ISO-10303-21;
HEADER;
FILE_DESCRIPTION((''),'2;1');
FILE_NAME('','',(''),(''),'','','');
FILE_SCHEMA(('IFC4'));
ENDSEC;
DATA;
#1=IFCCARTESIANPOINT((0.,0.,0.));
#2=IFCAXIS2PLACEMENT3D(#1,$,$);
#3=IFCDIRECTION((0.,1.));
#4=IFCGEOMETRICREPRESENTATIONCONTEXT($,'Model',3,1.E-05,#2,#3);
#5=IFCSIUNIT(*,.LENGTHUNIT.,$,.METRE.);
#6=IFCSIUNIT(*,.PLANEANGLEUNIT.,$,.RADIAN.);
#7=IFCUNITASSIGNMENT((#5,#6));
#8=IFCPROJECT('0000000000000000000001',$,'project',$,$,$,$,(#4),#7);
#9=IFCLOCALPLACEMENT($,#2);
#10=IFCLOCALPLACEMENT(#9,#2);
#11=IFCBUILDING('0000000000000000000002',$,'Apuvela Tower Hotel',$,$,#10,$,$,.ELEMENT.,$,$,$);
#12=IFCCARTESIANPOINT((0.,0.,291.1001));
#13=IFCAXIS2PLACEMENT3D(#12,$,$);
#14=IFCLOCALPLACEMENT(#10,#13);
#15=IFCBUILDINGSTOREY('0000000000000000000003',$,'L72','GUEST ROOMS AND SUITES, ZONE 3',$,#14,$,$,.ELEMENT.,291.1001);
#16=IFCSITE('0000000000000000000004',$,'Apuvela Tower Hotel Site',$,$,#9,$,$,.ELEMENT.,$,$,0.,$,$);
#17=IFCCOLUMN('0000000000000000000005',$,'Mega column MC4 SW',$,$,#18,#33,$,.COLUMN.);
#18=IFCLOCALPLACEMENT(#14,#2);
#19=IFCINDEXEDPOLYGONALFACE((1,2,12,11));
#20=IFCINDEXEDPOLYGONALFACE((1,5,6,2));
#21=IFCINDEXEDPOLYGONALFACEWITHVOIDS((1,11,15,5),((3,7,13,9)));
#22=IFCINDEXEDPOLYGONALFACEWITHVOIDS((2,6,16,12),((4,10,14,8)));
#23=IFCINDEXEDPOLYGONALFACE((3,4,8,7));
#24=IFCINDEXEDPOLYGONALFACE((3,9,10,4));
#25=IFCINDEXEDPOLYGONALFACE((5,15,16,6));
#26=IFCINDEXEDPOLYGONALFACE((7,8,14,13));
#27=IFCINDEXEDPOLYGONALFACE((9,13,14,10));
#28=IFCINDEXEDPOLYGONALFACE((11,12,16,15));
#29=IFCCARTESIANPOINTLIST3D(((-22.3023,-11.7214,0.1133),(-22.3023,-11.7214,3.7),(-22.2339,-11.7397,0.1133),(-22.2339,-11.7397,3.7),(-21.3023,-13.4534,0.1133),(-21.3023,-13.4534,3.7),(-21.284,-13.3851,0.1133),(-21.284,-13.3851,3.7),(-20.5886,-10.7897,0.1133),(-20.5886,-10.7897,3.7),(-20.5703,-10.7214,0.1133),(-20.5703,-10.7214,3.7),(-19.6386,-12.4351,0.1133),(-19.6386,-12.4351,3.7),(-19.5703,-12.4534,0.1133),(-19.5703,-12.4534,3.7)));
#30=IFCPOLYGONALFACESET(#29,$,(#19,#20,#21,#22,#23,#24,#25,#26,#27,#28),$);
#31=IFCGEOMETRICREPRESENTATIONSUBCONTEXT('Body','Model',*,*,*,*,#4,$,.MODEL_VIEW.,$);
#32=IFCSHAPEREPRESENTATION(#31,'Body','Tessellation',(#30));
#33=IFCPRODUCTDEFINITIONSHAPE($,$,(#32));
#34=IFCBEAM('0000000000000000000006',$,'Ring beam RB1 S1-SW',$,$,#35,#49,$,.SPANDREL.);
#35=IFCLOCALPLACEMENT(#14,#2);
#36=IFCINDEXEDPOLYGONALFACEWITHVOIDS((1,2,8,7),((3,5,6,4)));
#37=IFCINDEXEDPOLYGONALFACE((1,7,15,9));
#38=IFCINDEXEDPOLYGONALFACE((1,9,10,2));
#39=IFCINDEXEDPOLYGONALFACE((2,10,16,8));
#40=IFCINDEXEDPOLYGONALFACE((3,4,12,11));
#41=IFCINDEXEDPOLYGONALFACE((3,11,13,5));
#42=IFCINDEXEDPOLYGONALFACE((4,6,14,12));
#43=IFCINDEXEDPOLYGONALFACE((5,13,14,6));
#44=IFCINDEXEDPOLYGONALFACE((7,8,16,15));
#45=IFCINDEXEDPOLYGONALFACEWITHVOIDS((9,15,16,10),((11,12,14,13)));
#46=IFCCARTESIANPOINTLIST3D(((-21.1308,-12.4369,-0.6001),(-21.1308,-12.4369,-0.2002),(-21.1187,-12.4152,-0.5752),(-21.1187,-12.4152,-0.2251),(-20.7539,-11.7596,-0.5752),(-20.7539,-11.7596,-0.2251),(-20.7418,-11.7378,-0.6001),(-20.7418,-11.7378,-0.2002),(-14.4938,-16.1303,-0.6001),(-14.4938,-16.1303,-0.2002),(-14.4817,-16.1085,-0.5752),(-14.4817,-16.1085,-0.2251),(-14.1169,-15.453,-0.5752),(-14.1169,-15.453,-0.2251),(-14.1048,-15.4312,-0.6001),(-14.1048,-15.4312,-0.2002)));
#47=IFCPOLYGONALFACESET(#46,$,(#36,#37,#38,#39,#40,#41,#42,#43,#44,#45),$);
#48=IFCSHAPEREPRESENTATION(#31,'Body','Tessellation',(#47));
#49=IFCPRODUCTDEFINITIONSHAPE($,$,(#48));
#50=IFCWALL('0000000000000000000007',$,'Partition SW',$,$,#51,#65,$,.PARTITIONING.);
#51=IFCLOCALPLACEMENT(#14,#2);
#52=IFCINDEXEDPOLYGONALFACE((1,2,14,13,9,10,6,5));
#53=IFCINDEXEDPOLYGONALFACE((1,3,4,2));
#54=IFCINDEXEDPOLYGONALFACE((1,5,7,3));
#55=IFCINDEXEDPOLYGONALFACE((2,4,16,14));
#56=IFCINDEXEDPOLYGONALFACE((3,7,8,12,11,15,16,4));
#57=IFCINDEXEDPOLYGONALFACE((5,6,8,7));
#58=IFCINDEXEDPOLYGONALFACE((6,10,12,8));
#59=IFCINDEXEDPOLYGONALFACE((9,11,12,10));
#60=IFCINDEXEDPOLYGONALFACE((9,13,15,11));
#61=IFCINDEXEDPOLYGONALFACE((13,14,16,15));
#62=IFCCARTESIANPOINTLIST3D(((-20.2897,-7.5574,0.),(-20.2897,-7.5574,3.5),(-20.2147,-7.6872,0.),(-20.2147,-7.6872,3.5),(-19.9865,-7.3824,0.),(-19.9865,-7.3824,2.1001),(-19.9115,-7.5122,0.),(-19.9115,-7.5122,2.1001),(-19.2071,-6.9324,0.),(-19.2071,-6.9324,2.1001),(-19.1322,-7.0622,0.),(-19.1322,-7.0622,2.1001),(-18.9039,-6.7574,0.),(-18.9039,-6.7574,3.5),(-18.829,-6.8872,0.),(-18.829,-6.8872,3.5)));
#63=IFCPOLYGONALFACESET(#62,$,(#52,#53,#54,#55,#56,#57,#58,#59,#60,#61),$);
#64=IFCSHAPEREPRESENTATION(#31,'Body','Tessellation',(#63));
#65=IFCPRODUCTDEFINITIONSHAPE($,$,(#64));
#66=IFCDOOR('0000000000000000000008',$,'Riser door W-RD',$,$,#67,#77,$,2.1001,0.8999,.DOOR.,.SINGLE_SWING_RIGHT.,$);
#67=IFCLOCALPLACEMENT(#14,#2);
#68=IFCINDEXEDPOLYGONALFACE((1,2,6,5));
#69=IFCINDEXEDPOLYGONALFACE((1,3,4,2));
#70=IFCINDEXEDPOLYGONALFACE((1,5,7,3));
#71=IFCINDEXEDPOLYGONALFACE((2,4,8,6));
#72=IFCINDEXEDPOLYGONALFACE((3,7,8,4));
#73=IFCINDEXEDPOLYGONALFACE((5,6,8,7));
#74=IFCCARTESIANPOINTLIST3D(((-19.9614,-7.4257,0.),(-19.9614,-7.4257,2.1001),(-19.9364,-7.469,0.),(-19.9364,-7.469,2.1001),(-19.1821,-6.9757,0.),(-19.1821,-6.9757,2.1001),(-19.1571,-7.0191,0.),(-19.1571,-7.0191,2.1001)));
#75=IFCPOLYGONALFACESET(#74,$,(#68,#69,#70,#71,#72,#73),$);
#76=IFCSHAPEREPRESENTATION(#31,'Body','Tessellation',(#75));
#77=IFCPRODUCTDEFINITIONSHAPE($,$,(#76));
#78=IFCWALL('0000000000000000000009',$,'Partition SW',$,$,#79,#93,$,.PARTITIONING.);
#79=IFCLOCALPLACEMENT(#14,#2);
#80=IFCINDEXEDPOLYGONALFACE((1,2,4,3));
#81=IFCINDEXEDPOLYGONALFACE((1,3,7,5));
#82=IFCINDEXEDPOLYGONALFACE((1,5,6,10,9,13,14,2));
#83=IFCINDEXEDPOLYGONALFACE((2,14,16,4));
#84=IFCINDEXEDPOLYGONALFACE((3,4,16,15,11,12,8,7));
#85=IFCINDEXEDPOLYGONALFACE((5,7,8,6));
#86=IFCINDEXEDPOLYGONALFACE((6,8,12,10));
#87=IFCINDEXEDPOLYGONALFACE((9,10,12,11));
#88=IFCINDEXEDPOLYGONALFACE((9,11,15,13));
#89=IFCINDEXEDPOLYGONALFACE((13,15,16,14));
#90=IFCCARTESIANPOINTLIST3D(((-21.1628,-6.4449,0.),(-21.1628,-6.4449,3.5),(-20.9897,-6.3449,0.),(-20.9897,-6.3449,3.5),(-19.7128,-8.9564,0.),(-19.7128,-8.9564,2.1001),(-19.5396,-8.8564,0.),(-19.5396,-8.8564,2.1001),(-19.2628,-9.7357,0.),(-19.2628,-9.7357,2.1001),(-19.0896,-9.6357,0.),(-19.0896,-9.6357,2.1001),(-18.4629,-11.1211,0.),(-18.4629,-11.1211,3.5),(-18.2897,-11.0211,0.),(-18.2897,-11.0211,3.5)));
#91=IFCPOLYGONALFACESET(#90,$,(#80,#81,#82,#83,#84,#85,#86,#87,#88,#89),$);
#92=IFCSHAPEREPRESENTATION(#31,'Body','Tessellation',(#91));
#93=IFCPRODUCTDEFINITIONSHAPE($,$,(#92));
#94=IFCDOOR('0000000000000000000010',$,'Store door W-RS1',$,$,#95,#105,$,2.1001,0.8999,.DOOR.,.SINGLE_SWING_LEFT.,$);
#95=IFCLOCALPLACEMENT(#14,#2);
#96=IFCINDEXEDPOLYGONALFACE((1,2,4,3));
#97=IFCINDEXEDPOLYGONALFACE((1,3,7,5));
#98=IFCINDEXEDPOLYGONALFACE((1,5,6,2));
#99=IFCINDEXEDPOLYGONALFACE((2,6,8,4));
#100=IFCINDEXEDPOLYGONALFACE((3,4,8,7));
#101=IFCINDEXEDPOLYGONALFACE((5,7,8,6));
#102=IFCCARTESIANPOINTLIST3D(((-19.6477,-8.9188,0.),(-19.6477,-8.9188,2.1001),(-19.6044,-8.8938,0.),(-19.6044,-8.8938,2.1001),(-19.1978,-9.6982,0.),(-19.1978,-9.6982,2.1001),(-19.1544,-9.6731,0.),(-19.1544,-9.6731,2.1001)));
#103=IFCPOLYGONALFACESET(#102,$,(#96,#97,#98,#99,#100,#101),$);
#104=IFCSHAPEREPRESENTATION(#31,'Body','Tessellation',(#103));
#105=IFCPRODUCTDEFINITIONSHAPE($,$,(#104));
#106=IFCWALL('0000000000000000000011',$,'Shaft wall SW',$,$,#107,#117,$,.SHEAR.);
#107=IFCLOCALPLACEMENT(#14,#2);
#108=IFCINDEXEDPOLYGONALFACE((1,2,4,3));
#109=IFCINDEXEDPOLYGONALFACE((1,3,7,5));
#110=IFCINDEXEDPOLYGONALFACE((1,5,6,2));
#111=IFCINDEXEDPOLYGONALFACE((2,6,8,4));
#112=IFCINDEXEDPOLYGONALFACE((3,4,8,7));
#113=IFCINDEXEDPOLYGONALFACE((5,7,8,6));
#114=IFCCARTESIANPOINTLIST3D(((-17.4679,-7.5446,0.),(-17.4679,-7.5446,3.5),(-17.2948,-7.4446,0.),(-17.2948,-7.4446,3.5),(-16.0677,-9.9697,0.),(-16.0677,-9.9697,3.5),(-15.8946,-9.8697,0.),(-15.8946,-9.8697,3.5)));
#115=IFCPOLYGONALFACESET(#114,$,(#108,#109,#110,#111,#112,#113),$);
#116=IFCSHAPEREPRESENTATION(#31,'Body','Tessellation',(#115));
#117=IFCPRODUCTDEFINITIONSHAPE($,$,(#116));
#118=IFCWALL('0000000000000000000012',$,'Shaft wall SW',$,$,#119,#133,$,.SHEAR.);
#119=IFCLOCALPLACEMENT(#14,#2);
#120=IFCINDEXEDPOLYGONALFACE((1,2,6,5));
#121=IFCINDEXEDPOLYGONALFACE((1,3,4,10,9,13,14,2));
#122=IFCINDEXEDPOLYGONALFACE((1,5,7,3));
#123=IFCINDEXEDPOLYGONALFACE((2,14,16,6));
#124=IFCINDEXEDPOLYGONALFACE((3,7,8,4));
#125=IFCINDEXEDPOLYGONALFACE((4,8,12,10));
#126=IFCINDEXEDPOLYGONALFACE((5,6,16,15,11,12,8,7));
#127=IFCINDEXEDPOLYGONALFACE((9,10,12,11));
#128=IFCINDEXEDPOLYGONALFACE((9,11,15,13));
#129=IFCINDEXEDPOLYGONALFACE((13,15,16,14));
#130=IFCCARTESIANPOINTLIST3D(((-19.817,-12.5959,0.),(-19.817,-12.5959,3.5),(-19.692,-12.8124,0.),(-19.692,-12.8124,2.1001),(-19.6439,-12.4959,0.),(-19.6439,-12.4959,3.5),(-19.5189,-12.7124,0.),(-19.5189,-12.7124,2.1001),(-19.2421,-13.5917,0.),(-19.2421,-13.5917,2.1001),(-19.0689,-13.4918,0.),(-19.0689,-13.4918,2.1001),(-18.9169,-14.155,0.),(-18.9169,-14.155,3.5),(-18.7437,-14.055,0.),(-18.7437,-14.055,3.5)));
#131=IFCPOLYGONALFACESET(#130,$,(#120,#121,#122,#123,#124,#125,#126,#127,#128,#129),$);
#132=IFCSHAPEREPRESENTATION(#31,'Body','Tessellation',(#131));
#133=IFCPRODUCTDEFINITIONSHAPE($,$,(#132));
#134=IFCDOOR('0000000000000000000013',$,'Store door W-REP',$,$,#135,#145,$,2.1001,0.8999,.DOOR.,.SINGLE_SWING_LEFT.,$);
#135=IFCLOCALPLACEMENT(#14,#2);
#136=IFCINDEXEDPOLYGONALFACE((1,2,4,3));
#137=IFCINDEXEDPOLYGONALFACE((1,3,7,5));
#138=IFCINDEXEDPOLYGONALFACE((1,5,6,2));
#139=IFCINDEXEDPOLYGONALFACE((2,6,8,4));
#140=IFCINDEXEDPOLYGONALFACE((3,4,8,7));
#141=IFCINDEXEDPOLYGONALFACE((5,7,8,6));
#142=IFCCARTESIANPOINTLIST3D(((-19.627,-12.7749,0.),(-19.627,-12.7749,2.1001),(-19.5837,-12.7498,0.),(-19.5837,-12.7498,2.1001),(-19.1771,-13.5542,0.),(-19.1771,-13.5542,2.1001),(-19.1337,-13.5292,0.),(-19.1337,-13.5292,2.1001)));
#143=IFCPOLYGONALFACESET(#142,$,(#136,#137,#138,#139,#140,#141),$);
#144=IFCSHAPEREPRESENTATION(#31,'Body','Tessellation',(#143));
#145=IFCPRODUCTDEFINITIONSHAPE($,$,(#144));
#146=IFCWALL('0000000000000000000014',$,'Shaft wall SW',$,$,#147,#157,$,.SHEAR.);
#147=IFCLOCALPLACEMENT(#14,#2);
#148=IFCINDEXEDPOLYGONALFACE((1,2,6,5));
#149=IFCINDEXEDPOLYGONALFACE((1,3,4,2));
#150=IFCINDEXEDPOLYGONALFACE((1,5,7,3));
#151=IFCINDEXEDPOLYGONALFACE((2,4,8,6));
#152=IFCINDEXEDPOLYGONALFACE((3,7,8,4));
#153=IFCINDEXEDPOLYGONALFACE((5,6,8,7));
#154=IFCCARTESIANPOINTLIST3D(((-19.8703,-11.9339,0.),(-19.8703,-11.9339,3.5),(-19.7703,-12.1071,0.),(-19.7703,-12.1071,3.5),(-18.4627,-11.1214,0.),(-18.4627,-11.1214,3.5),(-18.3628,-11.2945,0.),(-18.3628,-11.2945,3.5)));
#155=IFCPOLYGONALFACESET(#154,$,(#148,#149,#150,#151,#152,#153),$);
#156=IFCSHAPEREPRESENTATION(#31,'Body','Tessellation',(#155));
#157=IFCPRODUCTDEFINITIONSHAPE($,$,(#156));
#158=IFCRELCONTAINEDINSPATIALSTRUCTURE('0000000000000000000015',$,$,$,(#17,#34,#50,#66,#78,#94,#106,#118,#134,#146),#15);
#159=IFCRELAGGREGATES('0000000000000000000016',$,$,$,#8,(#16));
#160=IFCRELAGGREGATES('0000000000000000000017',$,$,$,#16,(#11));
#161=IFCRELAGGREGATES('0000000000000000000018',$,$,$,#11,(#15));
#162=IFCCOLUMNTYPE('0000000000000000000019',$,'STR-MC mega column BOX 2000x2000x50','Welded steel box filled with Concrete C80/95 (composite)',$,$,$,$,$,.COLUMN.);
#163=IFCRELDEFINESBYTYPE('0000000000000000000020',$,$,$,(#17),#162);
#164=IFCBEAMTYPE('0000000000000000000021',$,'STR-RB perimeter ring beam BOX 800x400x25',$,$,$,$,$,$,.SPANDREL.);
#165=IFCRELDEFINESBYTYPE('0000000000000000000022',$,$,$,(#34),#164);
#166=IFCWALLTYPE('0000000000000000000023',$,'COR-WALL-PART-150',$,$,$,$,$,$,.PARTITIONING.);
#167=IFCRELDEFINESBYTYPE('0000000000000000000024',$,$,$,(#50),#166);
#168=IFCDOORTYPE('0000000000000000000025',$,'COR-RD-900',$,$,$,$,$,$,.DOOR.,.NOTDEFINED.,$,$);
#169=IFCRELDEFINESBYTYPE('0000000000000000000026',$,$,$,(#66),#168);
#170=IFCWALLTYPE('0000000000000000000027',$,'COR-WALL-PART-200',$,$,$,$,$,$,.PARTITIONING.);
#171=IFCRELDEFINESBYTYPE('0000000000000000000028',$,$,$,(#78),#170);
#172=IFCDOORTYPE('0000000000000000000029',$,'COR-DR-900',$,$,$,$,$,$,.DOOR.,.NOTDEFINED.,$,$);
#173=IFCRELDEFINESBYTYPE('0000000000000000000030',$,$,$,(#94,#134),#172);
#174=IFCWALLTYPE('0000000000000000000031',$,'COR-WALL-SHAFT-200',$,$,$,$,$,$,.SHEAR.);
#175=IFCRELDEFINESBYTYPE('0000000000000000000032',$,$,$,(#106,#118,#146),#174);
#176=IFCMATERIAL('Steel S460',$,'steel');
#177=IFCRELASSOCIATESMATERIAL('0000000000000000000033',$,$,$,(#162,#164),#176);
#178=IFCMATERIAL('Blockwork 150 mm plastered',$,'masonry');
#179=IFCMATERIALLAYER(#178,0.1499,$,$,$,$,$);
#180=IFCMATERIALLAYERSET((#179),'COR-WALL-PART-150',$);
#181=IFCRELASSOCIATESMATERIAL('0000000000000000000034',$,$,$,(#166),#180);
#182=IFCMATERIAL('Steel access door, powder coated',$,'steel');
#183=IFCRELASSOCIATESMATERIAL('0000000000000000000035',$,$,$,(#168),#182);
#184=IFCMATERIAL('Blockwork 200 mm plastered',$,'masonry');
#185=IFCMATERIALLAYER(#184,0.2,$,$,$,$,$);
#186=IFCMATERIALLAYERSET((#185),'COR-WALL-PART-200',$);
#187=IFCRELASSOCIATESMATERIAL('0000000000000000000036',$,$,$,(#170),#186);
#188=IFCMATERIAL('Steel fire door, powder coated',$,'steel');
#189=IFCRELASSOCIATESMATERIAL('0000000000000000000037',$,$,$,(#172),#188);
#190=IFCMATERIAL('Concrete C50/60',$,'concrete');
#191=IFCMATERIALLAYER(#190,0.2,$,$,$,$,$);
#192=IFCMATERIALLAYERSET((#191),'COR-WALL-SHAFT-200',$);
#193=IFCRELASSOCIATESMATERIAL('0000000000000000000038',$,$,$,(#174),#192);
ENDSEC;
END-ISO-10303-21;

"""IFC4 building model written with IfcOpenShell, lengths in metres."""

from ifc_helpers import new_model, si_unit, direction, frame, frame_2d, origin, origin_2d, place, context, subcontext, project, spatial, rectangle, hollow_rectangle, extrude, boolean, halfspace, material, layer, layer_set, material_profile, profile_set, type_object, element, fill, save


model = new_model("IFC4")

# Units and contexts
model_context = context("Model", 3, precision=1e-05, world=origin(), true_north=direction((0.0, 1.0)))
body_context = subcontext(model_context, "Body", "Model", "MODEL_VIEW")
ifc_project = project(units=[si_unit("LENGTHUNIT", "METRE"), si_unit("PLANEANGLEUNIT", "RADIAN")], contexts=[model_context])

# Site, building, storey
site_placement = place(None, origin())
site = spatial("IfcSite", under=ifc_project, at=site_placement, Name="Apuvela Tower Hotel Site", CompositionType="ELEMENT", RefElevation=0.0)
building_placement = place(site_placement, origin())
building = spatial("IfcBuilding", under=site, at=building_placement, Name="Apuvela Tower Hotel", CompositionType="ELEMENT")
storey_placement = place(building_placement, frame((0.0, 0.0, 291.1001)))
storey = spatial("IfcBuildingStorey", under=building, at=storey_placement, Name="L72", Description="GUEST ROOMS AND SUITES, ZONE 3", CompositionType="ELEMENT", Elevation=291.1001)

# Column
ifc_material_1 = material(Name="Steel S460", Category="steel")
ifc_material_profile_1 = material_profile(ifc_material_1, hollow_rectangle(XDim=2.0, YDim=2.0, WallThickness=0.05, at=origin_2d()), Name="BOX 2000x2000x50")
ifc_material_2 = material(Name="Concrete C80/95", Category="concrete")
ifc_material_profile_2 = material_profile(ifc_material_2, rectangle(XDim=1.8999, YDim=1.8999, at=origin_2d()), Name="Concrete C80/95 infill")
ifc_profile_set_1 = profile_set([ifc_material_profile_1, ifc_material_profile_2], Name="Steel S460")
column_type = type_object("IfcColumnType", Name="STR-MC mega column BOX 2000x2000x50", Description="Welded steel box filled with Concrete C80/95 (composite)", PredefinedType="COLUMN", material=ifc_profile_set_1)
column_placement = place(storey_placement, frame((-20.9363, -12.0874, 0.0), z_axis=(0.0, 0.0, 1.0), x_axis=(-0.5, 0.866025, 0.0)))
element("IfcColumn", 1, at=column_placement, inside=storey, type_object=column_type, Name="Mega column MC4 SW", PredefinedType="COLUMN", context=body_context, shape_type="SweptSolid", body=[
    boolean("DIFFERENCE", extrude(hollow_rectangle(XDim=2.0, YDim=2.0, WallThickness=0.05, at=origin_2d()), origin(), (0.0, 0.0, 1.0), 3.7), halfspace(frame((0.0, 0.0, 0.1133), z_axis=(0.0, 0.0, 1.0), x_axis=(1.0, 0.0, 0.0)), True)),
])

# Beam
ifc_material_profile_3 = material_profile(ifc_material_1, hollow_rectangle(XDim=0.8, YDim=0.3999, WallThickness=0.0249, at=origin_2d()), Name="BOX 800x400x25")
ifc_profile_set_2 = profile_set([ifc_material_profile_3], Name="Steel S460")
beam_type = type_object("IfcBeamType", Name="STR-RB perimeter ring beam BOX 800x400x25", PredefinedType="SPANDREL", material=ifc_profile_set_2)
beam_placement = place(storey_placement, frame((-14.2993, -15.7808, -0.4001), z_axis=(-0.873813, 0.486262, 0.0), x_axis=(-0.486262, -0.873813, 0.0)))
element("IfcBeam", 2, at=beam_placement, inside=storey, type_object=beam_type, Name="Ring beam RB1 S1-SW", PredefinedType="SPANDREL", context=body_context, shape_type="SweptSolid", body=[
    extrude(hollow_rectangle(XDim=0.8, YDim=0.3999, WallThickness=0.0249, at=origin_2d()), origin(), (0.0, 0.0, 1.0), 7.5955),
])

# Walls, openings, doors
ifc_material_3 = material(Name="Blockwork 150 mm plastered", Category="masonry")
ifc_layer_1 = layer(ifc_material_3, 0.1499)
ifc_layer_set_1 = layer_set([ifc_layer_1], Name="COR-WALL-PART-150")
wall_type_1 = type_object("IfcWallType", Name="COR-WALL-PART-150", PredefinedType="PARTITIONING", material=ifc_layer_set_1)
wall_1_placement = place(storey_placement, frame((-18.8665, -6.8223, 0.0), z_axis=(0.0, 0.0, 1.0), x_axis=(-0.866028, -0.499995, 0.0)))
wall_1 = element("IfcWall", 3, at=wall_1_placement, inside=storey, type_object=wall_type_1, Name="Partition SW", PredefinedType="PARTITIONING", context=body_context, shape_type="SweptSolid", body=[
    extrude(rectangle(XDim=1.6001, YDim=0.1499, at=frame_2d((0.8, 0.0))), origin(), (0.0, 0.0, 1.0), 3.5),
])
opening_1_placement = place(wall_1_placement, frame((0.3501, 0.0, 0.0)))
opening_1 = element("IfcOpeningElement", 4, at=opening_1_placement, cuts=wall_1, PredefinedType="OPENING", context=body_context, shape_type="SweptSolid", body=[
    extrude(rectangle(XDim=0.8999, YDim=2.1001, at=frame_2d((0.45, 1.05))), frame((0.0, 0.085, 0.0), z_axis=(0.0, -1.0, 0.0), x_axis=(1.0, 0.0, 0.0)), (0.0, 0.0, 1.0), 0.1699),
])
ifc_material_4 = material(Name="Steel access door, powder coated", Category="steel")
door_type_1 = type_object("IfcDoorType", Name="COR-RD-900", OperationType="NOTDEFINED", PredefinedType="DOOR", material=ifc_material_4)
door_1_placement = place(opening_1_placement, frame((0.8999, 0.0, 0.0), z_axis=(0.0, 0.0, 1.0), x_axis=(-1.0, 0.0, 0.0)))
door_1 = element("IfcDoor", 5, at=door_1_placement, inside=storey, type_object=door_type_1, Name="Riser door W-RD", OperationType="SINGLE_SWING_RIGHT", OverallHeight=2.1001, OverallWidth=0.8999, PredefinedType="DOOR", context=body_context, shape_type="SweptSolid", body=[
    extrude(rectangle(XDim=0.8999, YDim=2.1001, at=frame_2d((0.45, 1.05))), frame((0.0, 0.0249, 0.0), z_axis=(0.0, -1.0, 0.0), x_axis=(1.0, 0.0, 0.0)), (0.0, 0.0, 1.0), 0.05),
])
fill(opening_1, door_1)
ifc_material_5 = material(Name="Blockwork 200 mm plastered", Category="masonry")
ifc_layer_2 = layer(ifc_material_5, 0.2)
ifc_layer_set_2 = layer_set([ifc_layer_2], Name="COR-WALL-PART-200")
wall_type_2 = type_object("IfcWallType", Name="COR-WALL-PART-200", PredefinedType="PARTITIONING", material=ifc_layer_set_2)
wall_2_placement = place(storey_placement, frame((-21.0762, -6.395, 0.0), z_axis=(0.0, 0.0, 1.0), x_axis=(0.500015, -0.866017, 0.0)))
wall_2 = element("IfcWall", 6, at=wall_2_placement, inside=storey, type_object=wall_type_2, Name="Partition SW", PredefinedType="PARTITIONING", context=body_context, shape_type="SweptSolid", body=[
    extrude(rectangle(XDim=5.3997, YDim=0.2, at=frame_2d((2.6997, 0.0))), origin(), (0.0, 0.0, 1.0), 3.5),
])
opening_2_placement = place(wall_2_placement, frame((2.8999, 0.0, 0.0)))
opening_2 = element("IfcOpeningElement", 7, at=opening_2_placement, cuts=wall_2, PredefinedType="OPENING", context=body_context, shape_type="SweptSolid", body=[
    extrude(rectangle(XDim=0.8999, YDim=2.1001, at=frame_2d((0.45, 1.05))), frame((0.0, 0.1099, 0.0), z_axis=(0.0, -1.0, 0.0), x_axis=(1.0, 0.0, 0.0)), (0.0, 0.0, 1.0), 0.22),
])
ifc_material_6 = material(Name="Steel fire door, powder coated", Category="steel")
door_type_2 = type_object("IfcDoorType", Name="COR-DR-900", OperationType="NOTDEFINED", PredefinedType="DOOR", material=ifc_material_6)
door_2_placement = place(opening_2_placement, frame((0.8999, 0.0, 0.0), z_axis=(0.0, 0.0, 1.0), x_axis=(-1.0, 0.0, 0.0)))
door_2 = element("IfcDoor", 8, at=door_2_placement, inside=storey, type_object=door_type_2, Name="Store door W-RS1", OperationType="SINGLE_SWING_LEFT", OverallHeight=2.1001, OverallWidth=0.8999, PredefinedType="DOOR", context=body_context, shape_type="SweptSolid", body=[
    extrude(rectangle(XDim=0.8999, YDim=2.1001, at=frame_2d((0.45, 1.05))), frame((0.0, 0.0249, 0.0), z_axis=(0.0, -1.0, 0.0), x_axis=(1.0, 0.0, 0.0)), (0.0, 0.0, 1.0), 0.05),
])
fill(opening_2, door_2)

# Wall
ifc_material_7 = material(Name="Concrete C50/60", Category="concrete")
ifc_layer_3 = layer(ifc_material_7, 0.2)
ifc_layer_set_3 = layer_set([ifc_layer_3], Name="COR-WALL-SHAFT-200")
wall_type_3 = type_object("IfcWallType", Name="COR-WALL-SHAFT-200", PredefinedType="SHEAR", material=ifc_layer_set_3)
wall_3_placement = place(storey_placement, frame((-17.3813, -7.4946, 0.0), z_axis=(0.0, 0.0, 1.0), x_axis=(0.500012, -0.866019, 0.0)))
element("IfcWall", 9, at=wall_3_placement, inside=storey, type_object=wall_type_3, Name="Shaft wall SW", PredefinedType="SHEAR", context=body_context, shape_type="SweptSolid", body=[
    extrude(rectangle(XDim=2.8003, YDim=0.2, at=frame_2d((1.4001, 0.0))), origin(), (0.0, 0.0, 1.0), 3.5),
])

# Wall, opening, door
wall_4_placement = place(storey_placement, frame((-19.7305, -12.5459, 0.0), z_axis=(0.0, 0.0, 1.0), x_axis=(0.500004, -0.866023, 0.0)))
wall_4 = element("IfcWall", 10, at=wall_4_placement, inside=storey, type_object=wall_type_3, Name="Shaft wall SW", PredefinedType="SHEAR", context=body_context, shape_type="SweptSolid", body=[
    extrude(rectangle(XDim=1.8003, YDim=0.2, at=frame_2d((0.9001, 0.0))), origin(), (0.0, 0.0, 1.0), 3.5),
])
opening_3_placement = place(wall_4_placement, frame((0.25, 0.0, 0.0)))
opening_3 = element("IfcOpeningElement", 11, at=opening_3_placement, cuts=wall_4, PredefinedType="OPENING", context=body_context, shape_type="SweptSolid", body=[
    extrude(rectangle(XDim=0.8999, YDim=2.1001, at=frame_2d((0.45, 1.05))), frame((0.0, 0.1099, 0.0), z_axis=(0.0, -1.0, 0.0), x_axis=(1.0, 0.0, 0.0)), (0.0, 0.0, 1.0), 0.22),
])
door_3_placement = place(opening_3_placement, frame((0.8999, 0.0, 0.0), z_axis=(0.0, 0.0, 1.0), x_axis=(-1.0, 0.0, 0.0)))
door_3 = element("IfcDoor", 12, at=door_3_placement, inside=storey, type_object=door_type_2, Name="Store door W-REP", OperationType="SINGLE_SWING_LEFT", OverallHeight=2.1001, OverallWidth=0.8999, PredefinedType="DOOR", context=body_context, shape_type="SweptSolid", body=[
    extrude(rectangle(XDim=0.8999, YDim=2.1001, at=frame_2d((0.45, 1.05))), frame((0.0, 0.0249, 0.0), z_axis=(0.0, -1.0, 0.0), x_axis=(1.0, 0.0, 0.0)), (0.0, 0.0, 1.0), 0.05),
])
fill(opening_3, door_3)

# Wall
wall_5_placement = place(storey_placement, frame((-18.4128, -11.208, 0.0), z_axis=(0.0, 0.0, 1.0), x_axis=(-0.866053, -0.499952, 0.0)))
element("IfcWall", 13, at=wall_5_placement, inside=storey, type_object=wall_type_3, Name="Shaft wall SW", PredefinedType="SHEAR", context=body_context, shape_type="SweptSolid", body=[
    extrude(rectangle(XDim=1.6252, YDim=0.2, at=frame_2d((0.8125, 0.0))), origin(), (0.0, 0.0, 1.0), 3.5),
])

save(model, "model.ifc")
